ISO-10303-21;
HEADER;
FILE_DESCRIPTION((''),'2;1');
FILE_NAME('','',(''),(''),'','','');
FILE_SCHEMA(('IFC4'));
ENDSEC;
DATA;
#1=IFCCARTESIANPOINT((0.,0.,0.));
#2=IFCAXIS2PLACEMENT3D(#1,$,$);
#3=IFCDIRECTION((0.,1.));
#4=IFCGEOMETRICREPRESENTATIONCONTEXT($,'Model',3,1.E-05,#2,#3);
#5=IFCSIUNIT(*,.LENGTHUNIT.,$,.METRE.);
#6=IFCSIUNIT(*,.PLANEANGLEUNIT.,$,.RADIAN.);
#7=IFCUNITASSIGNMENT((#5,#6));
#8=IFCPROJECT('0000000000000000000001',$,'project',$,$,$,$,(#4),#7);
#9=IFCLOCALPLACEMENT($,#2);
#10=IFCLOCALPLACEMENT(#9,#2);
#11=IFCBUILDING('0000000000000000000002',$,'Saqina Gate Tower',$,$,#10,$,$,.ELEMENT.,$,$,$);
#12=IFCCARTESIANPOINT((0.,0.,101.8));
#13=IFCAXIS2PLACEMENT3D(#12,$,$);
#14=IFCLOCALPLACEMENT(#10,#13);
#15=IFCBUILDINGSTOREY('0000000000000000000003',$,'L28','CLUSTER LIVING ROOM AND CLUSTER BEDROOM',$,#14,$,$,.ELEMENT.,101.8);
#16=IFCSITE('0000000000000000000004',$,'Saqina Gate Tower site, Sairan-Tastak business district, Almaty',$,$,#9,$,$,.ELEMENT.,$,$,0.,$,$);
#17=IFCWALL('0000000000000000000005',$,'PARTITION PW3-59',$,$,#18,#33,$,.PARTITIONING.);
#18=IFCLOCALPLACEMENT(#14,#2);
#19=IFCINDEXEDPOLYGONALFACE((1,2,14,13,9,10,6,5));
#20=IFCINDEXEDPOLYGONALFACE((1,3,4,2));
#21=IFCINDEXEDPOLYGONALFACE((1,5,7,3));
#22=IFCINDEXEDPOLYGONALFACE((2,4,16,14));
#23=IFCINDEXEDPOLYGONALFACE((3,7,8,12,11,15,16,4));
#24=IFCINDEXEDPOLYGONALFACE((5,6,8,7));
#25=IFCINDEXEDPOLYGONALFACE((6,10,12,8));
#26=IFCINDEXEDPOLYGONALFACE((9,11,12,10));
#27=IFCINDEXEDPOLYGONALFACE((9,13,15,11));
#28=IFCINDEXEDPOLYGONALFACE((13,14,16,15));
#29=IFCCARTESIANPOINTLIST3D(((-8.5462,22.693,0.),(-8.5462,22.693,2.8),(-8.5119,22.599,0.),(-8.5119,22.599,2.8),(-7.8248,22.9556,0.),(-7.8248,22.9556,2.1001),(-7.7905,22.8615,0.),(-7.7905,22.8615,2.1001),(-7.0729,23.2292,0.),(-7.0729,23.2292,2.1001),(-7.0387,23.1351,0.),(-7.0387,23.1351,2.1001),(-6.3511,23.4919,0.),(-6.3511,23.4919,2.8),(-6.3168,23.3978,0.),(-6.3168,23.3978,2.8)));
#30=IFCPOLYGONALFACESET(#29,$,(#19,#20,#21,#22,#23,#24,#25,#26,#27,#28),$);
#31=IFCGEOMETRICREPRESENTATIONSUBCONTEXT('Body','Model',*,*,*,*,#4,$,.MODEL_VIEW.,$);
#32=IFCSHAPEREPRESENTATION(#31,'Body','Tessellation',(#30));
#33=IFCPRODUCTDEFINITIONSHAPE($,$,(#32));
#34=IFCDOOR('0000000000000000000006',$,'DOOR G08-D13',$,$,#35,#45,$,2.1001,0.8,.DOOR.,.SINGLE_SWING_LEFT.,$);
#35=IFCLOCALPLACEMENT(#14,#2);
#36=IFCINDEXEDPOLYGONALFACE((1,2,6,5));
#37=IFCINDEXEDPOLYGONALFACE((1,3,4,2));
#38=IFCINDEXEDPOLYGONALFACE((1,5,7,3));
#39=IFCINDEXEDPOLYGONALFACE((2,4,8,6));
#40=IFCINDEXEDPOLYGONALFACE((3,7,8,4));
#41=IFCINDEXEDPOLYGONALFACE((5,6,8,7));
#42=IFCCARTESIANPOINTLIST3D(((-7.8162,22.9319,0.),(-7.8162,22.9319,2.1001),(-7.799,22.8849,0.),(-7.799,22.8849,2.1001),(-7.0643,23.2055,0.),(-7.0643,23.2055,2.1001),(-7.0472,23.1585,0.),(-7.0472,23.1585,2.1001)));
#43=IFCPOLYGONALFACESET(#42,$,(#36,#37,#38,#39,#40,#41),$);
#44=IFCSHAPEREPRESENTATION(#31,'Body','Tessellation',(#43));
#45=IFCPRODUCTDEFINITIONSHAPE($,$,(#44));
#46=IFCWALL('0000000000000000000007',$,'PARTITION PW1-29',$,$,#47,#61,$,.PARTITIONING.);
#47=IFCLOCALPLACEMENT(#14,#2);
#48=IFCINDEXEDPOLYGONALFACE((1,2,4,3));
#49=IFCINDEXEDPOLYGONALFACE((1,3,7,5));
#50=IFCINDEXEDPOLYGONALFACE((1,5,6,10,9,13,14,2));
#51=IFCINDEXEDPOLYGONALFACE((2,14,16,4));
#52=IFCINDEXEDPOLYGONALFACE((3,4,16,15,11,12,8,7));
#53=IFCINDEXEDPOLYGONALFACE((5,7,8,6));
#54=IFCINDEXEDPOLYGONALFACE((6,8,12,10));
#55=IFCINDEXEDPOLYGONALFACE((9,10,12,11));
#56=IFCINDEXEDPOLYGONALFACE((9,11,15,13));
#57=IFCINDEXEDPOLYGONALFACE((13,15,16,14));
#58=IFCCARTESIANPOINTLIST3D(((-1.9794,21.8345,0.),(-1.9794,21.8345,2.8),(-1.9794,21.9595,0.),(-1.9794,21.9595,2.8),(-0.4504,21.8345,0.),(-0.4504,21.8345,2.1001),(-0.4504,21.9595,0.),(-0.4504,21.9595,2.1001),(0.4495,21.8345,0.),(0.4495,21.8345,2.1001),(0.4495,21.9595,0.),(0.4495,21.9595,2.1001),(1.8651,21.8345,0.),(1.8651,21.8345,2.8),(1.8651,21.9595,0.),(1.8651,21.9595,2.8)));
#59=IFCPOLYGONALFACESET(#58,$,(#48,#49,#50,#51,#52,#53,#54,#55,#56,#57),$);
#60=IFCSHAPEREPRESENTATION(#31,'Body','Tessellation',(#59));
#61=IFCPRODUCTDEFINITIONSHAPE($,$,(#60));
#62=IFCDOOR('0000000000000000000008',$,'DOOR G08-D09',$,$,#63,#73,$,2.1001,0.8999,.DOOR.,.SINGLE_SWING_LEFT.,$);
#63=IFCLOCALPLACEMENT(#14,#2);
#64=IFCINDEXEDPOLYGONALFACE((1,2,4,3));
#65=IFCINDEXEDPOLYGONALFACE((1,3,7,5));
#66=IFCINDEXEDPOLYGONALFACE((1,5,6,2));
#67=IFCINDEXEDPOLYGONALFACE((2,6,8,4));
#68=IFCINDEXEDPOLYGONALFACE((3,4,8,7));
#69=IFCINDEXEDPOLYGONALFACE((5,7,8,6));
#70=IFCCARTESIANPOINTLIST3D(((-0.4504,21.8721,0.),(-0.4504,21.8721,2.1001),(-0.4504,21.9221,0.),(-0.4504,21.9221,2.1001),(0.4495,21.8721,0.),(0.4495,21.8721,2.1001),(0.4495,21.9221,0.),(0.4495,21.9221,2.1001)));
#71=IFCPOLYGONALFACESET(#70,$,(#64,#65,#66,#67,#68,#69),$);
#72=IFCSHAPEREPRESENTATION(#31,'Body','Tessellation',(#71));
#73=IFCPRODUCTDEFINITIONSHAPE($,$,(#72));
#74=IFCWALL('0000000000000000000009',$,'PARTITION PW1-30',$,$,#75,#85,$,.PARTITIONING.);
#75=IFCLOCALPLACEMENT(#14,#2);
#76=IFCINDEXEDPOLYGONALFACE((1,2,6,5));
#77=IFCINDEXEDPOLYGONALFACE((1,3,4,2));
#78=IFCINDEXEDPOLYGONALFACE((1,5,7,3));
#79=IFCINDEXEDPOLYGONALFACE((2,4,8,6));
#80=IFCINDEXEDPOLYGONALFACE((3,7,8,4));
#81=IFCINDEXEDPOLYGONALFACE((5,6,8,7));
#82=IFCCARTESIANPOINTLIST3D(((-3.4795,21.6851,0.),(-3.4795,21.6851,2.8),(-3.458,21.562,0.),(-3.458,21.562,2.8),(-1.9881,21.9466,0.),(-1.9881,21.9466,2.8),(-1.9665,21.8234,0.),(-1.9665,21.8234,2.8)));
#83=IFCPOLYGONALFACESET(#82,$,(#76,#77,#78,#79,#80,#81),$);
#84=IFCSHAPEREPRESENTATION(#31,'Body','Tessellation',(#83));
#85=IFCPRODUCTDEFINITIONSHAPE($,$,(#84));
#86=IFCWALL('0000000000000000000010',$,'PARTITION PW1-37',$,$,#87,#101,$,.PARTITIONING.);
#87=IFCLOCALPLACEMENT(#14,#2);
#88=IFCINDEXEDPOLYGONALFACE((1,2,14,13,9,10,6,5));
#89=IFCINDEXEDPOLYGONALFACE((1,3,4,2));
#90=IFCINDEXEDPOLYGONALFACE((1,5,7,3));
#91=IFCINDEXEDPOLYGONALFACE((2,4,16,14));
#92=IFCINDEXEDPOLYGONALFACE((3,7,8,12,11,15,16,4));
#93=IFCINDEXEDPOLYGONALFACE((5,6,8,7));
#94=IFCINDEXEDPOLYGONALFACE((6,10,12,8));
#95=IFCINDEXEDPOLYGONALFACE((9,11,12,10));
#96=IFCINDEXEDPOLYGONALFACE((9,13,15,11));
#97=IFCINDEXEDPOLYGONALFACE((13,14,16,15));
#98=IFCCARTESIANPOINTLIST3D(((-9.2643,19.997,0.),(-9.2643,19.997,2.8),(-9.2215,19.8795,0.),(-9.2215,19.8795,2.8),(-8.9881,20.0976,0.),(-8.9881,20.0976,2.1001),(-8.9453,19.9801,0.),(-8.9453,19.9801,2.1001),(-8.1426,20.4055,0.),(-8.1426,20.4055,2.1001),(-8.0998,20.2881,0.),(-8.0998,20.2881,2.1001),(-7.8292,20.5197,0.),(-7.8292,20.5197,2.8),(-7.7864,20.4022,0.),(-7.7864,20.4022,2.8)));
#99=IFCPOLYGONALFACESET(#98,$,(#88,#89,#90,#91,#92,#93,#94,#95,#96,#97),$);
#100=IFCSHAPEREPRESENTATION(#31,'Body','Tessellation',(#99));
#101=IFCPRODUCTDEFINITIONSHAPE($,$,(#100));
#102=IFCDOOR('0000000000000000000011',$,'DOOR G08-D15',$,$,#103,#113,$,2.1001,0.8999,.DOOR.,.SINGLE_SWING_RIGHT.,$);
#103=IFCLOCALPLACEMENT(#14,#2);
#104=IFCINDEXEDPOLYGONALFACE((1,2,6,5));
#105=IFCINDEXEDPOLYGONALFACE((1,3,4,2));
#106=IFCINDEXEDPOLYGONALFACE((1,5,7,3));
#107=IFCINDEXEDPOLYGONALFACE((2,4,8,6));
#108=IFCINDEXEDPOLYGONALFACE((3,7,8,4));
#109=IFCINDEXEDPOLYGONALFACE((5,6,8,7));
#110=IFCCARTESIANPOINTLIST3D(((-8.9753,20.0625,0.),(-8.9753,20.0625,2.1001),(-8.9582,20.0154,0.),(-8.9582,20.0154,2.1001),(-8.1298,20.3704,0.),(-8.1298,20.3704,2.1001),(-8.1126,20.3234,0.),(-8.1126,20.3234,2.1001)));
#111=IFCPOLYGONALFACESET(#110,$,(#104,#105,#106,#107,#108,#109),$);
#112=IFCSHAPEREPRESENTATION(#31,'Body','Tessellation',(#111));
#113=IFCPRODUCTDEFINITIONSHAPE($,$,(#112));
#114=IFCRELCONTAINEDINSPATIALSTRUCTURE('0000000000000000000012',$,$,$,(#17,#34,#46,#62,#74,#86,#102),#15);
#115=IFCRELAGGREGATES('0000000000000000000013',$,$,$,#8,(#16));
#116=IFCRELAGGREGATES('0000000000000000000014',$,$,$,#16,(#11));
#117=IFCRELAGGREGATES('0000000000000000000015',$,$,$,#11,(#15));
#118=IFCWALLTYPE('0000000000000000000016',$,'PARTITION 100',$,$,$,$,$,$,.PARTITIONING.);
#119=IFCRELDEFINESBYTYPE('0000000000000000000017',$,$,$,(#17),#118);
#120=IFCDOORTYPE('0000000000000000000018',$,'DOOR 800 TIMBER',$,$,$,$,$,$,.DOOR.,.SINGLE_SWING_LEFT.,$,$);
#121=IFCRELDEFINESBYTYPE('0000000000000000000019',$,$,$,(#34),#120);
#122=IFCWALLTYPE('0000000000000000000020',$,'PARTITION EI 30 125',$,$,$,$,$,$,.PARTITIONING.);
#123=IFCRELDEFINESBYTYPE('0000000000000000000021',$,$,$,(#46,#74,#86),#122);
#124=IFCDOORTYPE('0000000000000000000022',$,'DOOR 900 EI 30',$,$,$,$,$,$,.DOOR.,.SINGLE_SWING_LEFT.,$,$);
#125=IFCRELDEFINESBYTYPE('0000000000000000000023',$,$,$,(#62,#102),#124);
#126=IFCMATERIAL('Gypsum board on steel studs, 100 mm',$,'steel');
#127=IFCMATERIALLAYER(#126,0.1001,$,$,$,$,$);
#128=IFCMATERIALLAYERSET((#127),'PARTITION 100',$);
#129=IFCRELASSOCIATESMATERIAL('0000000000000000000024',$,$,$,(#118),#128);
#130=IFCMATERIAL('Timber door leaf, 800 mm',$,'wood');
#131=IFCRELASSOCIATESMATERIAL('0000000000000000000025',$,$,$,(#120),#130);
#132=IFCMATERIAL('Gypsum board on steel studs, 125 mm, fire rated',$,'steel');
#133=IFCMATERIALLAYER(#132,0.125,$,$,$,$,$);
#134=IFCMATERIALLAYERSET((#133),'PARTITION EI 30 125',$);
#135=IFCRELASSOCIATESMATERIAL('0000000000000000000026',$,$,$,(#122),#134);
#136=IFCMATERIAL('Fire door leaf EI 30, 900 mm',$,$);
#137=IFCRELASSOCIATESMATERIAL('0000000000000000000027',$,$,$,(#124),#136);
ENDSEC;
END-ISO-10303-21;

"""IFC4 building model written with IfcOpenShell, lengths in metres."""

from ifc_helpers import new_model, si_unit, direction, frame, frame_2d, origin, place, context, subcontext, project, spatial, rectangle, extrude, material, layer, layer_set, type_object, element, fill, save


model = new_model("IFC4")

# Units and contexts
model_context = context("Model", 3, precision=1e-05, world=origin(), true_north=direction((0.0, 1.0)))
body_context = subcontext(model_context, "Body", "Model", "MODEL_VIEW")
ifc_project = project(units=[si_unit("LENGTHUNIT", "METRE"), si_unit("PLANEANGLEUNIT", "RADIAN")], contexts=[model_context])

# Site, building, storey
site_placement = place(None, origin())
site = spatial("IfcSite", under=ifc_project, at=site_placement, Name="Saqina Gate Tower site, Sairan-Tastak business district, Almaty", CompositionType="ELEMENT", RefElevation=0.0)
building_placement = place(site_placement, origin())
building = spatial("IfcBuilding", under=site, at=building_placement, Name="Saqina Gate Tower", CompositionType="ELEMENT")
storey_placement = place(building_placement, frame((0.0, 0.0, 101.8)))
storey = spatial("IfcBuildingStorey", under=building, at=storey_placement, Name="L28", Description="CLUSTER LIVING ROOM AND CLUSTER BEDROOM", CompositionType="ELEMENT", Elevation=101.8)

# Shared definitions
ifc_material_1 = material(Name="Gypsum board on steel studs, 100 mm", Category="steel")
ifc_layer_1 = layer(ifc_material_1, 0.1001)
ifc_layer_set_1 = layer_set([ifc_layer_1], Name="PARTITION 100")
wall_type_1 = type_object("IfcWallType", Name="PARTITION 100", PredefinedType="PARTITIONING", material=ifc_layer_set_1)

# Shared definitions
ifc_material_2 = material(Name="Timber door leaf, 800 mm", Category="wood")
door_type_1 = type_object("IfcDoorType", Name="DOOR 800 TIMBER", OperationType="SINGLE_SWING_LEFT", PredefinedType="DOOR", material=ifc_material_2)

# Walls, openings, doors
wall_1_placement = place(storey_placement, frame((-8.5291, 22.646, 0.0), z_axis=(0.0, 0.0, 1.0), x_axis=(0.939708, 0.341978, 0.0)))
wall_1 = element("IfcWall", 1, at=wall_1_placement, inside=storey, type_object=wall_type_1, Name="PARTITION PW3-59", PredefinedType="PARTITIONING", context=body_context, shape_type="SweptSolid", body=[
    extrude(rectangle(XDim=2.3359, YDim=0.1001, at=frame_2d((1.168, 0.0))), origin(), (0.0, 0.0, 1.0), 2.8),
])
opening_1_placement = place(wall_1_placement, frame((0.7678, 0.0, 0.0)))
opening_1 = element("IfcOpeningElement", 2, at=opening_1_placement, cuts=wall_1, PredefinedType="OPENING", context=body_context, shape_type="SweptSolid", body=[
    extrude(rectangle(XDim=0.8, YDim=2.1001, at=frame_2d((0.3999, 1.05))), frame((0.0, 0.062, 0.0), z_axis=(0.0, -1.0, 0.0), x_axis=(1.0, 0.0, 0.0)), (0.0, 0.0, 1.0), 0.124),
])
door_1_placement = place(opening_1_placement, origin())
door_1 = element("IfcDoor", 3, at=door_1_placement, inside=storey, type_object=door_type_1, Name="DOOR G08-D13", OperationType="SINGLE_SWING_LEFT", OverallHeight=2.1001, OverallWidth=0.8, PredefinedType="DOOR", context=body_context, shape_type="SweptSolid", body=[
    extrude(rectangle(XDim=0.8, YDim=2.1001, at=frame_2d((0.3999, 1.05))), frame((0.0, 0.0249, 0.0), z_axis=(0.0, -1.0, 0.0), x_axis=(1.0, 0.0, 0.0)), (0.0, 0.0, 1.0), 0.05),
])
fill(opening_1, door_1)
ifc_material_3 = material(Name="Gypsum board on steel studs, 125 mm, fire rated", Category="steel")
ifc_layer_2 = layer(ifc_material_3, 0.125)
ifc_layer_set_2 = layer_set([ifc_layer_2], Name="PARTITION EI 30 125")
wall_type_2 = type_object("IfcWallType", Name="PARTITION EI 30 125", PredefinedType="PARTITIONING", material=ifc_layer_set_2)
wall_2_placement = place(storey_placement, frame((-1.9795, 21.897, 0.0), z_axis=(0.0, 0.0, 1.0), x_axis=(1.0, 0.0, 0.0)))
wall_2 = element("IfcWall", 4, at=wall_2_placement, inside=storey, type_object=wall_type_2, Name="PARTITION PW1-29", PredefinedType="PARTITIONING", context=body_context, shape_type="SweptSolid", body=[
    extrude(rectangle(XDim=3.8445, YDim=0.125, at=frame_2d((1.9224, 0.0))), origin(), (0.0, 0.0, 1.0), 2.8),
])
opening_2_placement = place(wall_2_placement, frame((1.5291, 0.0, 0.0)))
opening_2 = element("IfcOpeningElement", 5, at=opening_2_placement, cuts=wall_2, PredefinedType="OPENING", context=body_context, shape_type="SweptSolid", body=[
    extrude(rectangle(XDim=0.8999, YDim=2.1001, at=frame_2d((0.45, 1.05))), frame((0.0, 0.0745, 0.0), z_axis=(0.0, -1.0, 0.0), x_axis=(1.0, 0.0, 0.0)), (0.0, 0.0, 1.0), 0.1489),
])
ifc_material_4 = material(Name="Fire door leaf EI 30, 900 mm")
door_type_2 = type_object("IfcDoorType", Name="DOOR 900 EI 30", OperationType="SINGLE_SWING_LEFT", PredefinedType="DOOR", material=ifc_material_4)
door_2_placement = place(opening_2_placement, frame((0.8999, 0.0, 0.0), z_axis=(0.0, 0.0, 1.0), x_axis=(-1.0, 0.0, 0.0)))
door_2 = element("IfcDoor", 6, at=door_2_placement, inside=storey, type_object=door_type_2, Name="DOOR G08-D09", OperationType="SINGLE_SWING_LEFT", OverallHeight=2.1001, OverallWidth=0.8999, PredefinedType="DOOR", context=body_context, shape_type="SweptSolid", body=[
    extrude(rectangle(XDim=0.8999, YDim=2.1001, at=frame_2d((0.45, 1.05))), frame((0.0, 0.0249, 0.0), z_axis=(0.0, -1.0, 0.0), x_axis=(1.0, 0.0, 0.0)), (0.0, 0.0, 1.0), 0.05),
])
fill(opening_2, door_2)

# Wall
wall_3_placement = place(storey_placement, frame((-3.4688, 21.6235, 0.0), z_axis=(0.0, 0.0, 1.0), x_axis=(0.984978, 0.172681, 0.0)))
element("IfcWall", 7, at=wall_3_placement, inside=storey, type_object=wall_type_2, Name="PARTITION PW1-30", PredefinedType="PARTITIONING", context=body_context, shape_type="SweptSolid", body=[
    extrude(rectangle(XDim=1.5142, YDim=0.125, at=frame_2d((0.7571, 0.0))), origin(), (0.0, 0.0, 1.0), 2.8),
])

# Wall, opening, door
wall_4_placement = place(storey_placement, frame((-9.2429, 19.9382, 0.0), z_axis=(0.0, 0.0, 1.0), x_axis=(0.939611, 0.342244, 0.0)))
wall_4 = element("IfcWall", 8, at=wall_4_placement, inside=storey, type_object=wall_type_2, Name="PARTITION PW1-37", PredefinedType="PARTITIONING", context=body_context, shape_type="SweptSolid", body=[
    extrude(rectangle(XDim=1.5273, YDim=0.125, at=frame_2d((0.7637, 0.0))), origin(), (0.0, 0.0, 1.0), 2.8),
])
opening_3_placement = place(wall_4_placement, frame((0.2939, 0.0, 0.0)))
opening_3 = element("IfcOpeningElement", 9, at=opening_3_placement, cuts=wall_4, PredefinedType="OPENING", context=body_context, shape_type="SweptSolid", body=[
    extrude(rectangle(XDim=0.8999, YDim=2.1001, at=frame_2d((0.45, 1.05))), frame((0.0, 0.0745, 0.0), z_axis=(0.0, -1.0, 0.0), x_axis=(1.0, 0.0, 0.0)), (0.0, 0.0, 1.0), 0.1489),
])
door_3_placement = place(opening_3_placement, frame((0.8999, 0.0, 0.0), z_axis=(0.0, 0.0, 1.0), x_axis=(-1.0, 0.0, 0.0)))
door_3 = element("IfcDoor", 10, at=door_3_placement, inside=storey, type_object=door_type_2, Name="DOOR G08-D15", OperationType="SINGLE_SWING_RIGHT", OverallHeight=2.1001, OverallWidth=0.8999, PredefinedType="DOOR", context=body_context, shape_type="SweptSolid", body=[
    extrude(rectangle(XDim=0.8999, YDim=2.1001, at=frame_2d((0.45, 1.05))), frame((0.0, 0.0249, 0.0), z_axis=(0.0, -1.0, 0.0), x_axis=(1.0, 0.0, 0.0)), (0.0, 0.0, 1.0), 0.05),
])
fill(opening_3, door_3)

save(model, "model.ifc")
